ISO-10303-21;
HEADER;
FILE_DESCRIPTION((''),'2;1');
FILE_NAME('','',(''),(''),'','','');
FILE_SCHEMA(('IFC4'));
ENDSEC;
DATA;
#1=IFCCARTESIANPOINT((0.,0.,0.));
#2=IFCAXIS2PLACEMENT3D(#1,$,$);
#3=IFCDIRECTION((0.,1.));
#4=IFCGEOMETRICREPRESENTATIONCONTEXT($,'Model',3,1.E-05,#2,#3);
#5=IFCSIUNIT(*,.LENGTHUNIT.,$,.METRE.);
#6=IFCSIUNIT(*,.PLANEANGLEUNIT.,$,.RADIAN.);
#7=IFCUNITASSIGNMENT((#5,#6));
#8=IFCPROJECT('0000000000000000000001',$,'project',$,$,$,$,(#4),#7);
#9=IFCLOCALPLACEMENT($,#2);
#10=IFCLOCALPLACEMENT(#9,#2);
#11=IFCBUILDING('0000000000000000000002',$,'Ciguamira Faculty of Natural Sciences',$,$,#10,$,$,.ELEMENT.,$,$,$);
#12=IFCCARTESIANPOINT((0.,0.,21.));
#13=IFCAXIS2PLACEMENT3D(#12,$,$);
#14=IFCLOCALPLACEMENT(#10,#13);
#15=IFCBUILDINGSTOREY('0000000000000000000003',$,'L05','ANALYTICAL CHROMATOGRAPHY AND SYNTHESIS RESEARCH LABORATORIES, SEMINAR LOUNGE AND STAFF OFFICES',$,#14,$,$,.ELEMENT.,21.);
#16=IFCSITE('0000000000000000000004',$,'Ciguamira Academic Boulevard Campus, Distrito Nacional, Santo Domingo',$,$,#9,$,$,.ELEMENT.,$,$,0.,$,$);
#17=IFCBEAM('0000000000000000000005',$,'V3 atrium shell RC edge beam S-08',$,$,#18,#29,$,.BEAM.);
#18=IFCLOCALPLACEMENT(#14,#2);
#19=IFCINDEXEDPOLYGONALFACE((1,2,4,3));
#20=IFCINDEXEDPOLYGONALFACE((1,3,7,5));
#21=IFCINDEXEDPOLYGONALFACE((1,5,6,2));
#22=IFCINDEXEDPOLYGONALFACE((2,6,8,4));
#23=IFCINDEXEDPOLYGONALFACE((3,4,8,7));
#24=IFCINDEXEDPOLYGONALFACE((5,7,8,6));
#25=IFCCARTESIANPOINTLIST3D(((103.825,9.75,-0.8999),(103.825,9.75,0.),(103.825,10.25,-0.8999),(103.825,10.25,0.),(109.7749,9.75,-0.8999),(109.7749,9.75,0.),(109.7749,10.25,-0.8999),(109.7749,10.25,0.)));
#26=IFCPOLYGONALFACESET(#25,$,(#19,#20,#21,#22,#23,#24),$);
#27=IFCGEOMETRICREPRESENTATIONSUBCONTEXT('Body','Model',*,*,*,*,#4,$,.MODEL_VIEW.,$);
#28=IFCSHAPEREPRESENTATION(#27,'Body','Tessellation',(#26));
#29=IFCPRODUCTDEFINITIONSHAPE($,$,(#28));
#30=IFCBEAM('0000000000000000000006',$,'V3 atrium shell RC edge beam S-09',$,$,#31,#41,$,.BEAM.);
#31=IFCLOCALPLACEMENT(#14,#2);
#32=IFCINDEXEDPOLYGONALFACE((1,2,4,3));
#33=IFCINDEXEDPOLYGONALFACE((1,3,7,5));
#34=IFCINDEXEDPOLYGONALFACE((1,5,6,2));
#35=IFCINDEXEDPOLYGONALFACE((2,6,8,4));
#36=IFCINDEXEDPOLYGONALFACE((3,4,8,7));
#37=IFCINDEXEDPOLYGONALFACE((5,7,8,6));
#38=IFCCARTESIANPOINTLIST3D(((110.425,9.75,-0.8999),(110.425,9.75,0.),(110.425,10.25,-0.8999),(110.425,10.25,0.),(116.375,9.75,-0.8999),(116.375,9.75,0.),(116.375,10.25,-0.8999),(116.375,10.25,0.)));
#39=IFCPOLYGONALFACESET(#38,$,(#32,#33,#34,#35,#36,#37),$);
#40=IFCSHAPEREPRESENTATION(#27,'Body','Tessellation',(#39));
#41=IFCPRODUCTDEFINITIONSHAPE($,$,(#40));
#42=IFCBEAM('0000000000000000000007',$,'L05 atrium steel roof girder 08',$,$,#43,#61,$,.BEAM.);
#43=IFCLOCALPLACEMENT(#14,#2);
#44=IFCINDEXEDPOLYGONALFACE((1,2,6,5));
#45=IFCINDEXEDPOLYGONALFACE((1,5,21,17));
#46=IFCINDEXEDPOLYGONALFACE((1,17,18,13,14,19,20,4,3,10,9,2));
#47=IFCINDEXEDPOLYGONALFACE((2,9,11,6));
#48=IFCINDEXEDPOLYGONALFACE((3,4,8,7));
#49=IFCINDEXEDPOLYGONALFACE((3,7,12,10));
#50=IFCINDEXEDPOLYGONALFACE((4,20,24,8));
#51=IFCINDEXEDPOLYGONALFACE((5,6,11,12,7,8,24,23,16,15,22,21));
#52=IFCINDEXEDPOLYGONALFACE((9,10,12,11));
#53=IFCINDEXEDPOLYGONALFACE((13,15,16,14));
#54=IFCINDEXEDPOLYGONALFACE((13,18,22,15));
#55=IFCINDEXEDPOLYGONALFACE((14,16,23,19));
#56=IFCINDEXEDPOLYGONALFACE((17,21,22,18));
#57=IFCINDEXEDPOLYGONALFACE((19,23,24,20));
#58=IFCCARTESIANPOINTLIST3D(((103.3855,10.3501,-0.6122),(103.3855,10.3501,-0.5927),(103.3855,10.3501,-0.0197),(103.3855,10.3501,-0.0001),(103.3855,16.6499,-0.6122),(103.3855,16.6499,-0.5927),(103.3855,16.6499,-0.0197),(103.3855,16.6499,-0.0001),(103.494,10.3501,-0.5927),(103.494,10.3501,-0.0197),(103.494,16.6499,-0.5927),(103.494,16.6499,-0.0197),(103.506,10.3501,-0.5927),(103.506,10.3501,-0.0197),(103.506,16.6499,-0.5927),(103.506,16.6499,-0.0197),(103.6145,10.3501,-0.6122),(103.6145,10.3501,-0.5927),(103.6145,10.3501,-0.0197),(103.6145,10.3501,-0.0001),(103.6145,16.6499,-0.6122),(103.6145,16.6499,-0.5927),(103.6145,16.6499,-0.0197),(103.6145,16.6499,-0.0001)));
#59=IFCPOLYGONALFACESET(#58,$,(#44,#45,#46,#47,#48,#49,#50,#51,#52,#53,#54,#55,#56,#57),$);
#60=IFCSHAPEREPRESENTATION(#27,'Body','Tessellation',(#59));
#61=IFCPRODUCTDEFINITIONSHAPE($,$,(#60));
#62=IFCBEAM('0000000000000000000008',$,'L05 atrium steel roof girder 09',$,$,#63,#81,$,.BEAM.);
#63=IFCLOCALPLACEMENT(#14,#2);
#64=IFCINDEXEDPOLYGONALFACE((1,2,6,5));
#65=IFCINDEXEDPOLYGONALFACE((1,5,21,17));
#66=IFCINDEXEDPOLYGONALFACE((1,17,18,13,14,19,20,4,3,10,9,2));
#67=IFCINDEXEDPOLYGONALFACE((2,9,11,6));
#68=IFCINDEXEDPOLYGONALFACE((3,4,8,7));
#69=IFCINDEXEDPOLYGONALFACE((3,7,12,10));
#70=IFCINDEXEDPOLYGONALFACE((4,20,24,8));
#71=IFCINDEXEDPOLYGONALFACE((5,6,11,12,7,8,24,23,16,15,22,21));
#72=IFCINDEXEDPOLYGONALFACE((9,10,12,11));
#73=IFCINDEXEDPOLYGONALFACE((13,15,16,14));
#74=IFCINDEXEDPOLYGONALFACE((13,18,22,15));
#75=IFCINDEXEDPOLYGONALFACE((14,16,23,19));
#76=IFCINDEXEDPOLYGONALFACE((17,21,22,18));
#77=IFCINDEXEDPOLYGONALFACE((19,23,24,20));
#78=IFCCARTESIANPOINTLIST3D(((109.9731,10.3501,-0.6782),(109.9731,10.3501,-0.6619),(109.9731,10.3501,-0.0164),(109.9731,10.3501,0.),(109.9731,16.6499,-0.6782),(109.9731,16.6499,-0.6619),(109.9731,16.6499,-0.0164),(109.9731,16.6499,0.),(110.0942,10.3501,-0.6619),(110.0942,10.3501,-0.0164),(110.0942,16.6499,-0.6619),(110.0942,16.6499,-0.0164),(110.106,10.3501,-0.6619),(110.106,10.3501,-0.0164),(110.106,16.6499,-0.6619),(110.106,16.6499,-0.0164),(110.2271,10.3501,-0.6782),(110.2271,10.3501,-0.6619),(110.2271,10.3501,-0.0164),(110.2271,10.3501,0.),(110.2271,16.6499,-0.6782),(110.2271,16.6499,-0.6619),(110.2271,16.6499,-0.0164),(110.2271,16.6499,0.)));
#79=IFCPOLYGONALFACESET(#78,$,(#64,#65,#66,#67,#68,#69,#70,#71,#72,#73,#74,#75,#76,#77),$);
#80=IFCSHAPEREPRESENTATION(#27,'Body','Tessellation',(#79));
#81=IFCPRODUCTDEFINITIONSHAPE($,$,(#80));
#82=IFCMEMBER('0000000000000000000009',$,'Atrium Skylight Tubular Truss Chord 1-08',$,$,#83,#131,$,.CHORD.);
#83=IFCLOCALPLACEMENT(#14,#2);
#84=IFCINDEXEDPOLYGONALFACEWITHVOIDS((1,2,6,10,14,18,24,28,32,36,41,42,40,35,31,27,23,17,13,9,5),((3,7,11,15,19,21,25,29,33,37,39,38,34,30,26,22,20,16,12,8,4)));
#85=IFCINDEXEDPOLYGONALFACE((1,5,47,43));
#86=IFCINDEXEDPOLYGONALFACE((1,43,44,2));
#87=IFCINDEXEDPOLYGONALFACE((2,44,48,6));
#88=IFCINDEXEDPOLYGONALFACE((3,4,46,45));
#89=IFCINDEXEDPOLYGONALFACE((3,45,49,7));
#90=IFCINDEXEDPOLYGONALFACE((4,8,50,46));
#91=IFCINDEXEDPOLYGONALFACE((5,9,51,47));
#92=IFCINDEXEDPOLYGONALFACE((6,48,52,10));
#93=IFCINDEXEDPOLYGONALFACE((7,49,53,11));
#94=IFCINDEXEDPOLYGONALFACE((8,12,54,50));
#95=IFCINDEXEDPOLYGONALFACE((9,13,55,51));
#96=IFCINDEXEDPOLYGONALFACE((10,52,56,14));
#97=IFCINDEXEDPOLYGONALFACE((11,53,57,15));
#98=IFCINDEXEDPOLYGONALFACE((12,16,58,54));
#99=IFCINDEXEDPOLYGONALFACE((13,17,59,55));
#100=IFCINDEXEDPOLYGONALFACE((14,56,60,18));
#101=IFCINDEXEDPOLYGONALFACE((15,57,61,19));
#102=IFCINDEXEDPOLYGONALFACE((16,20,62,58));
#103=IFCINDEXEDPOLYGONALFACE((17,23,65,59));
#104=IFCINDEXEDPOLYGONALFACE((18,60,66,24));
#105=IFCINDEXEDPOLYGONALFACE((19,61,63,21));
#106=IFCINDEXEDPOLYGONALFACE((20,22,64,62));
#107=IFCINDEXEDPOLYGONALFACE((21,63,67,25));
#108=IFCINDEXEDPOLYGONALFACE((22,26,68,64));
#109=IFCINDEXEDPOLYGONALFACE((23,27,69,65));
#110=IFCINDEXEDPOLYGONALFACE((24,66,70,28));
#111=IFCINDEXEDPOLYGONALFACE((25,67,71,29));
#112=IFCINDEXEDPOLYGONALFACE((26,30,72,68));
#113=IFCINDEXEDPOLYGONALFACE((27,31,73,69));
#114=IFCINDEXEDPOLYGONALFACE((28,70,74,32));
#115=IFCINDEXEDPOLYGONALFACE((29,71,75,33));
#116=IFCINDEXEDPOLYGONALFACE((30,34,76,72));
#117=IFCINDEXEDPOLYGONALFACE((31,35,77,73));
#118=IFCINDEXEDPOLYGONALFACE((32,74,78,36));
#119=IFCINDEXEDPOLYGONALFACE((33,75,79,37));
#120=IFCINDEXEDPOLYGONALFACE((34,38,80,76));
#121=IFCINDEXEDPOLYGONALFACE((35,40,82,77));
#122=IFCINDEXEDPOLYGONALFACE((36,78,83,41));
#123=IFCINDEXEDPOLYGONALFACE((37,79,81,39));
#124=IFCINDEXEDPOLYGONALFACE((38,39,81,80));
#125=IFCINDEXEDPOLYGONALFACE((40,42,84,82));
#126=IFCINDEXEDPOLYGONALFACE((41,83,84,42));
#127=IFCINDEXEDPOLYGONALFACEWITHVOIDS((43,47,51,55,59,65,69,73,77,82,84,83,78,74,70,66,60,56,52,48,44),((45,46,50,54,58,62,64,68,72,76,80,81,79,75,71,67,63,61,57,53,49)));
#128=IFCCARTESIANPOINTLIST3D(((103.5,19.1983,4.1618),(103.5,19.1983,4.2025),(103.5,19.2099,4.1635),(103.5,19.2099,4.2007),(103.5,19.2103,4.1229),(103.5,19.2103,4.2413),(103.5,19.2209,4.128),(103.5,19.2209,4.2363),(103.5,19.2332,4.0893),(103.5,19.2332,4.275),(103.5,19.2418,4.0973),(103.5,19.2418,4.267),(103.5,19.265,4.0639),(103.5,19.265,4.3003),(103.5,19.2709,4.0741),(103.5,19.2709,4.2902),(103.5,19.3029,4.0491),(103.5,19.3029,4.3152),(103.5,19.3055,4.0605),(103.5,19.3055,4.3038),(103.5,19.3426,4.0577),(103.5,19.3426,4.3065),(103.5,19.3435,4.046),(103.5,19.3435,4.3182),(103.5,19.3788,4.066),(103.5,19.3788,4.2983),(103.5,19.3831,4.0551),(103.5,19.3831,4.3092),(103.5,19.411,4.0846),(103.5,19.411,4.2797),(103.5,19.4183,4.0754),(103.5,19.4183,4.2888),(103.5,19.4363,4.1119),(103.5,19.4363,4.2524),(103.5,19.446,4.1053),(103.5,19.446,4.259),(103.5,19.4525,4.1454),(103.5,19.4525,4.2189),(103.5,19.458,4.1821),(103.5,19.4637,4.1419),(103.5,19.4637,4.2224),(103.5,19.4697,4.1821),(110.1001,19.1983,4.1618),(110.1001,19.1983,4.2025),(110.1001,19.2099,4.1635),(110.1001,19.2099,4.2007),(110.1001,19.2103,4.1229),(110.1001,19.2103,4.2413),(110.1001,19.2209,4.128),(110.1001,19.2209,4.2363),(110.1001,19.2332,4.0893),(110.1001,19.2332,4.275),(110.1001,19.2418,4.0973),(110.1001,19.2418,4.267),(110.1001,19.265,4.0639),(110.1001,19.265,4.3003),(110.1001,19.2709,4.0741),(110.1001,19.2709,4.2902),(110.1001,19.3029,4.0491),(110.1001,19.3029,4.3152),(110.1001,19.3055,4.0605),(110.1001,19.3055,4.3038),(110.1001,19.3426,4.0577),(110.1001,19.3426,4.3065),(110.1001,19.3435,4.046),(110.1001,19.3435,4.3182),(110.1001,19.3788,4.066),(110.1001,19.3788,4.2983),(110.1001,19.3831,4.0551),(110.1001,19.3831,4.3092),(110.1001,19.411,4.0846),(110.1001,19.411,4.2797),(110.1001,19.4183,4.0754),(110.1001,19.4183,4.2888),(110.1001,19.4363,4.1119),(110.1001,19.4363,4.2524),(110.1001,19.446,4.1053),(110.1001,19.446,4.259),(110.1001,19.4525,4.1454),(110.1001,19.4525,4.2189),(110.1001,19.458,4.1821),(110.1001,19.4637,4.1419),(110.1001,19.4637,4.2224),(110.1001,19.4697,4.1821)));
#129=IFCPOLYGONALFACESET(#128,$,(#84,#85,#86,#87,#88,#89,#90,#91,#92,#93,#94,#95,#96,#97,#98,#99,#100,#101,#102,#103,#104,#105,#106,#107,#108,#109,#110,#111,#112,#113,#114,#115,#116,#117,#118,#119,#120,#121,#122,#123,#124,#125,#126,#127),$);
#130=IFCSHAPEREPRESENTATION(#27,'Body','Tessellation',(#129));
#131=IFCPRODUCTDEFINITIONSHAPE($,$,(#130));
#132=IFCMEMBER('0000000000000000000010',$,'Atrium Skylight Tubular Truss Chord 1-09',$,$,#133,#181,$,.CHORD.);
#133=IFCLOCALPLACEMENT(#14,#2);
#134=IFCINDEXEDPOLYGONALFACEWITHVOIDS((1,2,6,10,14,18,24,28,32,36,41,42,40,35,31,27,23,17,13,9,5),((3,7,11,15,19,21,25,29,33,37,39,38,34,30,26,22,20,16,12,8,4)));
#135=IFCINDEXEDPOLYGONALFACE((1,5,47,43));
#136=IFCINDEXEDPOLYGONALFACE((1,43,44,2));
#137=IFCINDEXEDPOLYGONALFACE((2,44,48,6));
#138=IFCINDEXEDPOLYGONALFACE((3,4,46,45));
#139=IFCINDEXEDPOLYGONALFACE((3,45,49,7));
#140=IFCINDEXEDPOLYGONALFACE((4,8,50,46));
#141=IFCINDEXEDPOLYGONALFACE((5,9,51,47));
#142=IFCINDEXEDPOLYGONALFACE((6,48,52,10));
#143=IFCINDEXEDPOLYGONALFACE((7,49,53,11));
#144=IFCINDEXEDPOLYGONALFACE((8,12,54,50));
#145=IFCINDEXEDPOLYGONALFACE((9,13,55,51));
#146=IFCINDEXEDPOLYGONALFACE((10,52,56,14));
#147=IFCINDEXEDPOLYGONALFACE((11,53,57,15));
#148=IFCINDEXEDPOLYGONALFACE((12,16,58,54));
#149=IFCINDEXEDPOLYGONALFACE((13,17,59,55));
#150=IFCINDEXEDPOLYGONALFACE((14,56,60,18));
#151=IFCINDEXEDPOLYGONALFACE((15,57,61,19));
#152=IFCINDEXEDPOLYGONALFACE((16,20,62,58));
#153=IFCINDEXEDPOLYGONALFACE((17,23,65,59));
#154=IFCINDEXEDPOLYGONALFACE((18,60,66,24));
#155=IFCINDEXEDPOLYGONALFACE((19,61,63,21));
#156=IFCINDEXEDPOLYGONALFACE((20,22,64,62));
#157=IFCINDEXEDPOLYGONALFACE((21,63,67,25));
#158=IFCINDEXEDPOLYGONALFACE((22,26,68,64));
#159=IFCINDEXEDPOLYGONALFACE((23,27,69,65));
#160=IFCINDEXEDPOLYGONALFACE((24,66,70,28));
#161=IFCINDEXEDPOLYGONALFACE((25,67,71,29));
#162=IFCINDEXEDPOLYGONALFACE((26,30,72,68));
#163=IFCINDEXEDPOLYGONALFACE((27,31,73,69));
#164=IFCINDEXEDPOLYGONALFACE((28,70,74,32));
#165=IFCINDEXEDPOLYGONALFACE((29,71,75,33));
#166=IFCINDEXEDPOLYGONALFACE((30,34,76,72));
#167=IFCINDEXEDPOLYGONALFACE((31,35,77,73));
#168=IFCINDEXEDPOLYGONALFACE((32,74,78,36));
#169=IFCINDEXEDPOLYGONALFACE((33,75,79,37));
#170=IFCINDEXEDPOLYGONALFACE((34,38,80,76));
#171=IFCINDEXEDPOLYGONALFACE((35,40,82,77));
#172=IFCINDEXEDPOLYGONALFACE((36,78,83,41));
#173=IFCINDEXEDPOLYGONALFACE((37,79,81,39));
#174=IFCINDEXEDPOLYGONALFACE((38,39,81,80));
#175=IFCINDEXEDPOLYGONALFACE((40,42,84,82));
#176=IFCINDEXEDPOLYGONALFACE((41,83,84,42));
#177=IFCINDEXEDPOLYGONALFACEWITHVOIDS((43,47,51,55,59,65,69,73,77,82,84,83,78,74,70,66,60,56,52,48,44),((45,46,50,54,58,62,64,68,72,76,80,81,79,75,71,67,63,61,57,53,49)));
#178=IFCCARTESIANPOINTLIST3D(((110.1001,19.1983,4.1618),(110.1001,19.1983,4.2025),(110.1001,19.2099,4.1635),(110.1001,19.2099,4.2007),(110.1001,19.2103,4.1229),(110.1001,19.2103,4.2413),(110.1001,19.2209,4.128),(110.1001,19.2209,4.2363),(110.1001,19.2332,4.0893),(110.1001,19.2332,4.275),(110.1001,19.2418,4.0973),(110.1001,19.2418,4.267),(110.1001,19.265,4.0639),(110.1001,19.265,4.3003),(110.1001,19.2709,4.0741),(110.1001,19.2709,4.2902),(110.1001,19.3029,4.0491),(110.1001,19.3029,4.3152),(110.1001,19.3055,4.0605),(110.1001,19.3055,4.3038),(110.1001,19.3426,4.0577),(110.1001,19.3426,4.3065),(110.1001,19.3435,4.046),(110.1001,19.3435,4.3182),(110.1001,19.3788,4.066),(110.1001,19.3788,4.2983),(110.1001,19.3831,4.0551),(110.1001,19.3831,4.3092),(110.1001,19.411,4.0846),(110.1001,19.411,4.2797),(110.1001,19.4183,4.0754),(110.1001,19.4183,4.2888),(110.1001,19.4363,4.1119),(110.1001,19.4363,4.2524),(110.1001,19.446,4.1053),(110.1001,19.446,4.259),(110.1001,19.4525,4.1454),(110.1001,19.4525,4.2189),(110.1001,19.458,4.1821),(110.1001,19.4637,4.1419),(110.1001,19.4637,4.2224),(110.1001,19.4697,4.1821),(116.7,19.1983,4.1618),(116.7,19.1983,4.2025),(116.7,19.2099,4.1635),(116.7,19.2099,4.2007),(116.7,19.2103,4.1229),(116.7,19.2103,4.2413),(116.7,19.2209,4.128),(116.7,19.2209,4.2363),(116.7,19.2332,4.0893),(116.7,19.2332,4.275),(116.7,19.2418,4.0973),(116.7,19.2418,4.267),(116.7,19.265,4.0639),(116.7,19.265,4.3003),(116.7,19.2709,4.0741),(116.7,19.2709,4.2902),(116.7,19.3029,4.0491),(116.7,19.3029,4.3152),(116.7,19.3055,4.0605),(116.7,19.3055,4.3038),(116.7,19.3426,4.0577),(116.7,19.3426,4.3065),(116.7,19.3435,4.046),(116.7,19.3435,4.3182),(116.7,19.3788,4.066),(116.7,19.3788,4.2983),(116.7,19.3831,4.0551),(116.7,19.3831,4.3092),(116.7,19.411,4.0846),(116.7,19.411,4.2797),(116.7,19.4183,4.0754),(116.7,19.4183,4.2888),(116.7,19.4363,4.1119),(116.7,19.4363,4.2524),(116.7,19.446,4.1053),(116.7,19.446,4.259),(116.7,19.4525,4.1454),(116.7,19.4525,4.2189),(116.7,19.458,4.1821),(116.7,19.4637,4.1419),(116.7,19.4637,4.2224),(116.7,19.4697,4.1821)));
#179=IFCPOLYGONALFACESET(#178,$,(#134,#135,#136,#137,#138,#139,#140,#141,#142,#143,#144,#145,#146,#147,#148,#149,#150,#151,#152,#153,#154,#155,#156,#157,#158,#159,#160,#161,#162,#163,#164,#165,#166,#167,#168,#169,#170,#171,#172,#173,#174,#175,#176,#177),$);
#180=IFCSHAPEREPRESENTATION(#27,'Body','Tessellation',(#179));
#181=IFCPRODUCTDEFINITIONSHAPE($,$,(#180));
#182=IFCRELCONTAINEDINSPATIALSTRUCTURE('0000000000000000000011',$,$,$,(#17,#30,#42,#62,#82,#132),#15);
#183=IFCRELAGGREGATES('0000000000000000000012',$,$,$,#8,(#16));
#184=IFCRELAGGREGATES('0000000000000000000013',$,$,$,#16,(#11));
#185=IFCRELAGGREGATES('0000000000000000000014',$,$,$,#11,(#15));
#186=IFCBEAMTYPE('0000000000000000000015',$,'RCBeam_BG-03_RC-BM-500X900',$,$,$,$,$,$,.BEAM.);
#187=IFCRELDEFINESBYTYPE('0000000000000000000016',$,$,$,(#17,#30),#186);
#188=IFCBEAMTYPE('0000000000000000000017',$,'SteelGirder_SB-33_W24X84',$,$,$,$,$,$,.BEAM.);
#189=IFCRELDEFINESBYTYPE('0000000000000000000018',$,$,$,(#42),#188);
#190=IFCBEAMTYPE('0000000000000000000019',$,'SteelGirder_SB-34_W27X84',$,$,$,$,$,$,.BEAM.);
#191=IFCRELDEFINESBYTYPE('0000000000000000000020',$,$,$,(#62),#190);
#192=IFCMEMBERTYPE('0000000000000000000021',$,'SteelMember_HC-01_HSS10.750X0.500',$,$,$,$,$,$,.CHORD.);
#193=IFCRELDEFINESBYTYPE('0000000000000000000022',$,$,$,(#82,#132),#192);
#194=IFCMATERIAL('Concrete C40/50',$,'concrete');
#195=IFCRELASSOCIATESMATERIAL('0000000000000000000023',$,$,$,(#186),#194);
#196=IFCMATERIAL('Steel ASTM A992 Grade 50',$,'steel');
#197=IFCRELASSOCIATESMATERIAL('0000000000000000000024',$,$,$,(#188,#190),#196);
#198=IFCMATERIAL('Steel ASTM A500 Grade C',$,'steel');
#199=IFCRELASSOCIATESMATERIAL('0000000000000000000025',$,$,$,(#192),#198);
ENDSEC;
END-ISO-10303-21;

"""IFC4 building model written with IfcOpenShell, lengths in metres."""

from ifc_helpers import new_model, si_unit, direction, frame, origin, origin_2d, place, context, subcontext, project, spatial, rectangle, hollow_circle, i_section, extrude, material, material_profile, profile_set, type_object, element, save


model = new_model("IFC4")

# Units and contexts
model_context = context("Model", 3, precision=1e-05, world=origin(), true_north=direction((0.0, 1.0)))
body_context = subcontext(model_context, "Body", "Model", "MODEL_VIEW")
ifc_project = project(units=[si_unit("LENGTHUNIT", "METRE"), si_unit("PLANEANGLEUNIT", "RADIAN")], contexts=[model_context])

# Site, building, storey
site_placement = place(None, origin())
site = spatial("IfcSite", under=ifc_project, at=site_placement, Name="Ciguamira Academic Boulevard Campus, Distrito Nacional, Santo Domingo", CompositionType="ELEMENT", RefElevation=0.0)
building_placement = place(site_placement, origin())
building = spatial("IfcBuilding", under=site, at=building_placement, Name="Ciguamira Faculty of Natural Sciences", CompositionType="ELEMENT")
storey_placement = place(building_placement, frame((0.0, 0.0, 21.0)))
storey = spatial("IfcBuildingStorey", under=building, at=storey_placement, Name="L05", Description="ANALYTICAL CHROMATOGRAPHY AND SYNTHESIS RESEARCH LABORATORIES, SEMINAR LOUNGE AND STAFF OFFICES", CompositionType="ELEMENT", Elevation=21.0)

# Beams
ifc_material_1 = material(Name="Concrete C40/50", Category="concrete")
ifc_material_profile_1 = material_profile(ifc_material_1, rectangle(XDim=0.5, YDim=0.8999, at=origin_2d()), Name="RC-BM-500X900")
ifc_profile_set_1 = profile_set([ifc_material_profile_1], Name="Concrete C40/50")
beam_type_1 = type_object("IfcBeamType", Name="RCBeam_BG-03_RC-BM-500X900", PredefinedType="BEAM", material=ifc_profile_set_1)
for number, where, z_axis, x_axis, name in (
    (1, (103.825, 10.0, -0.45), (1.0, 0.0, 0.0), (0.0, 1.0, 0.0), "V3 atrium shell RC edge beam S-08"),
    (2, (110.425, 10.0, -0.45), (1.0, 0.0, 0.0), (0.0, 1.0, 0.0), "V3 atrium shell RC edge beam S-09"),
):
    element("IfcBeam", number, at=place(storey_placement, frame(where, z_axis=z_axis, x_axis=x_axis)), inside=storey, type_object=beam_type_1, Name=name, PredefinedType="BEAM", context=body_context, shape_type="SweptSolid", body=[
        extrude(rectangle(XDim=0.5, YDim=0.8999, at=origin_2d()), origin(), (0.0, 0.0, 1.0), 5.95),
    ])
ifc_material_2 = material(Name="Steel ASTM A992 Grade 50", Category="steel")
ifc_material_profile_2 = material_profile(ifc_material_2, i_section(OverallWidth=0.229, OverallDepth=0.6121, WebThickness=0.012, FlangeThickness=0.0195, at=origin_2d()), Name="W24X84")
ifc_profile_set_2 = profile_set([ifc_material_profile_2], Name="Steel ASTM A992 Grade 50")
beam_type_2 = type_object("IfcBeamType", Name="SteelGirder_SB-33_W24X84", PredefinedType="BEAM", material=ifc_profile_set_2)
beam_1_placement = place(storey_placement, frame((103.5, 10.3501, -0.3062), z_axis=(0.0, 1.0, 0.0), x_axis=(-1.0, 0.0, 0.0)))
element("IfcBeam", 3, at=beam_1_placement, inside=storey, type_object=beam_type_2, Name="L05 atrium steel roof girder 08", PredefinedType="BEAM", context=body_context, shape_type="SweptSolid", body=[
    extrude(i_section(OverallWidth=0.229, OverallDepth=0.6121, WebThickness=0.012, FlangeThickness=0.0195, at=origin_2d()), origin(), (0.0, 0.0, 1.0), 6.2998),
])
ifc_material_profile_3 = material_profile(ifc_material_2, i_section(OverallWidth=0.2539, OverallDepth=0.6782, WebThickness=0.0117, FlangeThickness=0.0164, at=origin_2d()), Name="W27X84")
ifc_profile_set_3 = profile_set([ifc_material_profile_3], Name="Steel ASTM A992 Grade 50")
beam_type_3 = type_object("IfcBeamType", Name="SteelGirder_SB-34_W27X84", PredefinedType="BEAM", material=ifc_profile_set_3)
beam_2_placement = place(storey_placement, frame((110.1001, 10.3501, -0.3391), z_axis=(0.0, 1.0, 0.0), x_axis=(-1.0, 0.0, 0.0)))
element("IfcBeam", 4, at=beam_2_placement, inside=storey, type_object=beam_type_3, Name="L05 atrium steel roof girder 09", PredefinedType="BEAM", context=body_context, shape_type="SweptSolid", body=[
    extrude(i_section(OverallWidth=0.2539, OverallDepth=0.6782, WebThickness=0.0117, FlangeThickness=0.0164, at=origin_2d()), origin(), (0.0, 0.0, 1.0), 6.2998),
])

# Members
ifc_material_3 = material(Name="Steel ASTM A500 Grade C", Category="steel")
ifc_material_profile_4 = material_profile(ifc_material_3, hollow_circle(Radius=0.1365, WallThickness=0.0117, at=origin_2d()), Name="HSS10.750X0.500")
ifc_profile_set_4 = profile_set([ifc_material_profile_4], Name="Steel ASTM A500 Grade C")
member_type_1 = type_object("IfcMemberType", Name="SteelMember_HC-01_HSS10.750X0.500", PredefinedType="CHORD", material=ifc_profile_set_4)
member_1_placement = place(storey_placement, frame((103.5, 19.3333, 4.1821), z_axis=(1.0, 0.0, 0.0), x_axis=(0.0, 1.0, 0.0)))
element("IfcMember", 5, at=member_1_placement, inside=storey, type_object=member_type_1, Name="Atrium Skylight Tubular Truss Chord 1-08", PredefinedType="CHORD", context=body_context, shape_type="SweptSolid", body=[
    extrude(hollow_circle(Radius=0.1365, WallThickness=0.0117, at=origin_2d()), origin(), (0.0, 0.0, 1.0), 6.6001),
])
member_2_placement = place(storey_placement, frame((110.1001, 19.3333, 4.1821), z_axis=(1.0, 0.0, 0.0), x_axis=(0.0, 1.0, 0.0)))
element("IfcMember", 6, at=member_2_placement, inside=storey, type_object=member_type_1, Name="Atrium Skylight Tubular Truss Chord 1-09", PredefinedType="CHORD", context=body_context, shape_type="SweptSolid", body=[
    extrude(hollow_circle(Radius=0.1365, WallThickness=0.0117, at=origin_2d()), origin(), (0.0, 0.0, 1.0), 6.5999),
])

save(model, "model.ifc")
